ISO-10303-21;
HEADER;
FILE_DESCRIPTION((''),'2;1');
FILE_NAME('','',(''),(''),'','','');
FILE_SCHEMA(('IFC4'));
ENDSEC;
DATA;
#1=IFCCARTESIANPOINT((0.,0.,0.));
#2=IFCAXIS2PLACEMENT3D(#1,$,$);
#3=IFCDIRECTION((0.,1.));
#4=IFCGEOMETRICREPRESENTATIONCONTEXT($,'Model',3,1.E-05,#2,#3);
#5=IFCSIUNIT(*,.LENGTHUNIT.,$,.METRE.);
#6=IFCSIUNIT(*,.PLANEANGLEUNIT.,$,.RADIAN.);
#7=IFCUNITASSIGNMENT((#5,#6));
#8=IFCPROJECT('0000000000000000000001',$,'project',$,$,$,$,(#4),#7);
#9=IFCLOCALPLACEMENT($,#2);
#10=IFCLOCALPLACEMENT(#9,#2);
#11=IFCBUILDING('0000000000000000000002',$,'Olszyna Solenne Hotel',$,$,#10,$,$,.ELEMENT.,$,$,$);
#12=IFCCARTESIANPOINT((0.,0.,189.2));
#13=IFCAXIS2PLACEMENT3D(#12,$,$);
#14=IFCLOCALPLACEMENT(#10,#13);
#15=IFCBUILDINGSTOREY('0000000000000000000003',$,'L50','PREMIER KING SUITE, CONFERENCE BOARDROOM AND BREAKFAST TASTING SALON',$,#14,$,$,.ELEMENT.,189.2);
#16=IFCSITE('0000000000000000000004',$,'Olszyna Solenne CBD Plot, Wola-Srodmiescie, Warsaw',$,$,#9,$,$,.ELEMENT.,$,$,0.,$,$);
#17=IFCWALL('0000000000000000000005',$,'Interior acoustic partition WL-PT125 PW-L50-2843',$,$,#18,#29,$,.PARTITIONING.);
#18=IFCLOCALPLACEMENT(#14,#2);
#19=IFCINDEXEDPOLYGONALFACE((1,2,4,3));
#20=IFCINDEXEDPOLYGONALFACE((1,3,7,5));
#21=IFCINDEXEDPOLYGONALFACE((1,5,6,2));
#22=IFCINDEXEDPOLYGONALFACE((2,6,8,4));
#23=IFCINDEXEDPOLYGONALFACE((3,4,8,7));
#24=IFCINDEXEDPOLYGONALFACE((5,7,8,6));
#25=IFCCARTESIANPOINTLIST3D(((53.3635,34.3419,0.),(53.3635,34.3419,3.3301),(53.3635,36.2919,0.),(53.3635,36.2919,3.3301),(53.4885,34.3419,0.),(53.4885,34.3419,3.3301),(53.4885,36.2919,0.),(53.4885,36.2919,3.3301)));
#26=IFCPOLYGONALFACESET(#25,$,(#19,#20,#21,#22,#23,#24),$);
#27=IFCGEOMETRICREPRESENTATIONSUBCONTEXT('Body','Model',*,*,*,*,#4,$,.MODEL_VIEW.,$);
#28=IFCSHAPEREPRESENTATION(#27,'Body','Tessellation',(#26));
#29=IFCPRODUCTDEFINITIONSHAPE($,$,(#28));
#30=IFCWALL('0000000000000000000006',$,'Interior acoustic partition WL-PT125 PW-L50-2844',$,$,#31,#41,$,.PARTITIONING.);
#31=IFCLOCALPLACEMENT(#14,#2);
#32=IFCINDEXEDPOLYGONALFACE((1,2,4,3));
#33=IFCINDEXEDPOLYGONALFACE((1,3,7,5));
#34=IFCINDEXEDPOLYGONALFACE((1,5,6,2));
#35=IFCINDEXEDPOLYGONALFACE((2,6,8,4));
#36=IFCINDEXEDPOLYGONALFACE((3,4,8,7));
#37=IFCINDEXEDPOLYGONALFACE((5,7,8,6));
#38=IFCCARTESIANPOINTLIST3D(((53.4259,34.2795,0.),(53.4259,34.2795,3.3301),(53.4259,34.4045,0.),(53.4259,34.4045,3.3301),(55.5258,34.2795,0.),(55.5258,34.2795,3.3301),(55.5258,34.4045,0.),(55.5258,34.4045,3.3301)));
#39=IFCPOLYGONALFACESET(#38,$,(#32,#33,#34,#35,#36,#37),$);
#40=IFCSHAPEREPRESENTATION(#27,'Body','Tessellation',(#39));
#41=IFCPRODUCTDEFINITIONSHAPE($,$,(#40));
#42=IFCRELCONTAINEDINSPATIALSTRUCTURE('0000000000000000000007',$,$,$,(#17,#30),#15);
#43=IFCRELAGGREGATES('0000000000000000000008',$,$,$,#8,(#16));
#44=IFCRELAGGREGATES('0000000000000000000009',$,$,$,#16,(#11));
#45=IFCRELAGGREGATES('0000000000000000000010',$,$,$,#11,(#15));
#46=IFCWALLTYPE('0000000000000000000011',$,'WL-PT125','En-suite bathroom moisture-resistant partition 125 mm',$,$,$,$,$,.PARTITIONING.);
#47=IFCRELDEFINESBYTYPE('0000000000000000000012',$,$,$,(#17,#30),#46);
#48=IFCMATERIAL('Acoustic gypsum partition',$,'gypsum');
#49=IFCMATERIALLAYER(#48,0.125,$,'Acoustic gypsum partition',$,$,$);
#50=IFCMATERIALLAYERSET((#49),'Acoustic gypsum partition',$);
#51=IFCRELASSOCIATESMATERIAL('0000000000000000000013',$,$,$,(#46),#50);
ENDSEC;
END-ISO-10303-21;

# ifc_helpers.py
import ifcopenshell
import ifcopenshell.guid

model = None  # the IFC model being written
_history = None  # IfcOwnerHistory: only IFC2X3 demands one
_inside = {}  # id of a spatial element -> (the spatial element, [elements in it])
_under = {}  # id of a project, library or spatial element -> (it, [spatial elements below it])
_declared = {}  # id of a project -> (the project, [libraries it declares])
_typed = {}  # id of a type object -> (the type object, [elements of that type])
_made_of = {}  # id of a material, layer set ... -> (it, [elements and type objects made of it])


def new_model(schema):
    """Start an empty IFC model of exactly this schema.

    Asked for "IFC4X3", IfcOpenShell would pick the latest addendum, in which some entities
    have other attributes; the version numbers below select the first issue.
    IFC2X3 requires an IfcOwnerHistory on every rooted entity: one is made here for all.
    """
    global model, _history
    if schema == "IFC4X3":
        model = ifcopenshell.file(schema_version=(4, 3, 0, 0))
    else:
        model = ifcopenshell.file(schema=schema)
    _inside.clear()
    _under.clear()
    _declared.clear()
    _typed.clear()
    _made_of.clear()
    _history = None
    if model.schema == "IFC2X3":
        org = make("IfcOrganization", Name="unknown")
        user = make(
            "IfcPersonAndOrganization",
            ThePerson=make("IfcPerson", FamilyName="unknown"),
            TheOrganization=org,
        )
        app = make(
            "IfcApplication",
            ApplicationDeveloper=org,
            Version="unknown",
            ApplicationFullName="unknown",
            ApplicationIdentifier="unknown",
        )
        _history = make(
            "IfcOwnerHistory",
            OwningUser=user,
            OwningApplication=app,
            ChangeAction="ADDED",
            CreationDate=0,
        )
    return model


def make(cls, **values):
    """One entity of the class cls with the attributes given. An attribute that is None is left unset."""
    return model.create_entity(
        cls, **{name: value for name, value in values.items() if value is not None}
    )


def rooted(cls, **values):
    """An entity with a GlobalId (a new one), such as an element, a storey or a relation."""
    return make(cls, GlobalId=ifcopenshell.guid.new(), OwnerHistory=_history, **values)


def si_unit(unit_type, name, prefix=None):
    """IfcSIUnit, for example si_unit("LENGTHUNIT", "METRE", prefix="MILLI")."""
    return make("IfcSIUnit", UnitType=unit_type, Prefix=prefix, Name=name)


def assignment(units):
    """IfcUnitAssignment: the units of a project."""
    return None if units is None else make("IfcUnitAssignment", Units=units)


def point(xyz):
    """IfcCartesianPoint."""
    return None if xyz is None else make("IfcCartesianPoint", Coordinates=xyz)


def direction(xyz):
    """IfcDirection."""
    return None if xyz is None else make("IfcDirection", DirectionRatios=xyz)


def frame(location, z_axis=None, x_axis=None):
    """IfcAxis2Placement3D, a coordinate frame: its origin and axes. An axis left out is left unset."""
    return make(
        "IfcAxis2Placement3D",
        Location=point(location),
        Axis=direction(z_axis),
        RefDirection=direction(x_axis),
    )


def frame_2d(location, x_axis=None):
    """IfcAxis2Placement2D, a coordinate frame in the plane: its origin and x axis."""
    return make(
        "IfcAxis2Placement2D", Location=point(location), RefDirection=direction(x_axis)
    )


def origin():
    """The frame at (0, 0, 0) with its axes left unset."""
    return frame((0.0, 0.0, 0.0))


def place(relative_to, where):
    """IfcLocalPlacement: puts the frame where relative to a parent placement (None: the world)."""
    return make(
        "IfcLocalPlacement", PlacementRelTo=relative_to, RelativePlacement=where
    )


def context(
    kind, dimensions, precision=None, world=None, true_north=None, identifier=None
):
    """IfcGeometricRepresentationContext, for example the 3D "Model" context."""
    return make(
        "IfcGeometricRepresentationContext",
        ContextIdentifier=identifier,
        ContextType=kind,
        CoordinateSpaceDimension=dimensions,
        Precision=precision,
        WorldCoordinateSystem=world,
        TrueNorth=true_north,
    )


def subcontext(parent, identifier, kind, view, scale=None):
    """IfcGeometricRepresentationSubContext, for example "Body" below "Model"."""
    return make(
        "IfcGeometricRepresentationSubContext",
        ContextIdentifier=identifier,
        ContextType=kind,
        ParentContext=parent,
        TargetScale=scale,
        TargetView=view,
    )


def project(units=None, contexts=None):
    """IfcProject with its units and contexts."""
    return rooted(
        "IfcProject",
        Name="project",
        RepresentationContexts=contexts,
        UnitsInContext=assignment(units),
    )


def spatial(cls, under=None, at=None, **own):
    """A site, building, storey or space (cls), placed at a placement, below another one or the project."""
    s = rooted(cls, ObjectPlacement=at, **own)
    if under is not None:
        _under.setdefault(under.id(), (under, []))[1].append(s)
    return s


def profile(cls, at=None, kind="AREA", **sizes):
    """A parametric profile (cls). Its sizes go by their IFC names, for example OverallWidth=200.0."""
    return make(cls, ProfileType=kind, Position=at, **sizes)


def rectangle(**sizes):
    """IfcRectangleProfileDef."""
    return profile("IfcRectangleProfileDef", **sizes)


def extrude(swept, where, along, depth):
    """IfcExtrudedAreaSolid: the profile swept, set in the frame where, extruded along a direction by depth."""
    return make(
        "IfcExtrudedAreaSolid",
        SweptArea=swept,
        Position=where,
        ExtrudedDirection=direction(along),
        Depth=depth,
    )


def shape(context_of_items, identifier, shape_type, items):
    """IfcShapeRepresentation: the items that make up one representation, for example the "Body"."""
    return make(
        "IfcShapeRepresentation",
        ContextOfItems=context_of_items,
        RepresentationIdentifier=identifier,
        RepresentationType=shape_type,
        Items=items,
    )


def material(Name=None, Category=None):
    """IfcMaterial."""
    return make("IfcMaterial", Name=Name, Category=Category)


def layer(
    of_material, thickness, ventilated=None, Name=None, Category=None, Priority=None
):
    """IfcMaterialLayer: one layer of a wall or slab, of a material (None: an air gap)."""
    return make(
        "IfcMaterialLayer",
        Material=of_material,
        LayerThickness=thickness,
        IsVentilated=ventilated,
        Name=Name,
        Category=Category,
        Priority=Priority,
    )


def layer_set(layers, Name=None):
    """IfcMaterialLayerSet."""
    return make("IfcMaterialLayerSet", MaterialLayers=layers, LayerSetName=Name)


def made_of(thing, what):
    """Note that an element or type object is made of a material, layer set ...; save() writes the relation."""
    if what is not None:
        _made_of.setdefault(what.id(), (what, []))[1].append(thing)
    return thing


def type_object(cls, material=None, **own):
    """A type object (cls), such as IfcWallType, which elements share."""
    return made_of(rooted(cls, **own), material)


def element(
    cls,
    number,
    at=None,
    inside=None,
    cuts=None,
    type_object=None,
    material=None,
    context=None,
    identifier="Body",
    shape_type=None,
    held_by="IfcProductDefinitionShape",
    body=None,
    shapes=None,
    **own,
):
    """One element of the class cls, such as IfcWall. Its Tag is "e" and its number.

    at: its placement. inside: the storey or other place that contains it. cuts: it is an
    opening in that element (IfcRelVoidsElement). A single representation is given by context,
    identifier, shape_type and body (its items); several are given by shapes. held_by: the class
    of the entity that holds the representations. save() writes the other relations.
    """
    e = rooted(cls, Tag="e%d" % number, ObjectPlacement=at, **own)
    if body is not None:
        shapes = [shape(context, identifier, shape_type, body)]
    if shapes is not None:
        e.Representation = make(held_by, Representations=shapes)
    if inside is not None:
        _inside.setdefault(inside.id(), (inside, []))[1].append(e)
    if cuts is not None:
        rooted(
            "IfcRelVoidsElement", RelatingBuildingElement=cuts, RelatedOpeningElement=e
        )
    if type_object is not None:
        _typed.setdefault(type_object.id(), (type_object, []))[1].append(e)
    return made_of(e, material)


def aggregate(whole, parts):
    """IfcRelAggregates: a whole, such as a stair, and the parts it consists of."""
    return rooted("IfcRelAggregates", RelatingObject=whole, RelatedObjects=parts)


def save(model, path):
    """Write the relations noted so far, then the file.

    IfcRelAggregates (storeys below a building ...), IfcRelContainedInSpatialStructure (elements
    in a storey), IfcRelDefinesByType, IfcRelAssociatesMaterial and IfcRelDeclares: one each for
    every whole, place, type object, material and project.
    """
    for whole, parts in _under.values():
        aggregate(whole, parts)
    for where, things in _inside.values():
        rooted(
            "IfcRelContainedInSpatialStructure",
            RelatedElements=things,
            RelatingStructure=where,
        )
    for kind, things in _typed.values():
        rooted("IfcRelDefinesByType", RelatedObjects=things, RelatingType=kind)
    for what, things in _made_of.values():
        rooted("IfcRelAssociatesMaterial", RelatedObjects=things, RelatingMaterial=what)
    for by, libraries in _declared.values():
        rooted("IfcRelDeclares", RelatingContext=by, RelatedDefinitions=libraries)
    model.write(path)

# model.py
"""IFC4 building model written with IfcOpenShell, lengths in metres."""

from ifc_helpers import new_model, si_unit, direction, frame, frame_2d, origin, place, context, subcontext, project, spatial, rectangle, extrude, material, layer, layer_set, type_object, element, save


model = new_model("IFC4")

# Units and contexts
model_context = context("Model", 3, precision=1e-05, world=origin(), true_north=direction((0.0, 1.0)))
body_context = subcontext(model_context, "Body", "Model", "MODEL_VIEW")
ifc_project = project(units=[si_unit("LENGTHUNIT", "METRE"), si_unit("PLANEANGLEUNIT", "RADIAN")], contexts=[model_context])

# Site, building, storey
site_placement = place(None, origin())
site = spatial("IfcSite", under=ifc_project, at=site_placement, Name="Olszyna Solenne CBD Plot, Wola-Srodmiescie, Warsaw", CompositionType="ELEMENT", RefElevation=0.0)
building_placement = place(site_placement, origin())
building = spatial("IfcBuilding", under=site, at=building_placement, Name="Olszyna Solenne Hotel", CompositionType="ELEMENT")
storey_placement = place(building_placement, frame((0.0, 0.0, 189.2)))
storey = spatial("IfcBuildingStorey", under=building, at=storey_placement, Name="L50", Description="PREMIER KING SUITE, CONFERENCE BOARDROOM AND BREAKFAST TASTING SALON", CompositionType="ELEMENT", Elevation=189.2)

# Shared definitions
ifc_material_1 = material(Name="Acoustic gypsum partition", Category="gypsum")
ifc_layer_1 = layer(ifc_material_1, 0.125, Name="Acoustic gypsum partition")
ifc_layer_set_1 = layer_set([ifc_layer_1], Name="Acoustic gypsum partition")
wall_type_1 = type_object("IfcWallType", Name="WL-PT125", Description="En-suite bathroom moisture-resistant partition 125 mm", PredefinedType="PARTITIONING", material=ifc_layer_set_1)

# Walls
wall_1_placement = place(storey_placement, frame((53.426, 36.292, 0.0), z_axis=(0.0, 0.0, 1.0), x_axis=(0.0, -1.0, 0.0)))
element("IfcWall", 1, at=wall_1_placement, inside=storey, type_object=wall_type_1, Name="Interior acoustic partition WL-PT125 PW-L50-2843", PredefinedType="PARTITIONING", context=body_context, shape_type="SweptSolid", body=[
    extrude(rectangle(XDim=1.95, YDim=0.125, at=frame_2d((0.9751, 0.0))), origin(), (0.0, 0.0, 1.0), 3.3301),
])
wall_2_placement = place(storey_placement, frame((53.426, 34.342, 0.0), z_axis=(0.0, 0.0, 1.0), x_axis=(1.0, 0.0, 0.0)))
element("IfcWall", 2, at=wall_2_placement, inside=storey, type_object=wall_type_1, Name="Interior acoustic partition WL-PT125 PW-L50-2844", PredefinedType="PARTITIONING", context=body_context, shape_type="SweptSolid", body=[
    extrude(rectangle(XDim=2.0999, YDim=0.125, at=frame_2d((1.0498, 0.0))), origin(), (0.0, 0.0, 1.0), 3.3301),
])

save(model, "model.ifc")
